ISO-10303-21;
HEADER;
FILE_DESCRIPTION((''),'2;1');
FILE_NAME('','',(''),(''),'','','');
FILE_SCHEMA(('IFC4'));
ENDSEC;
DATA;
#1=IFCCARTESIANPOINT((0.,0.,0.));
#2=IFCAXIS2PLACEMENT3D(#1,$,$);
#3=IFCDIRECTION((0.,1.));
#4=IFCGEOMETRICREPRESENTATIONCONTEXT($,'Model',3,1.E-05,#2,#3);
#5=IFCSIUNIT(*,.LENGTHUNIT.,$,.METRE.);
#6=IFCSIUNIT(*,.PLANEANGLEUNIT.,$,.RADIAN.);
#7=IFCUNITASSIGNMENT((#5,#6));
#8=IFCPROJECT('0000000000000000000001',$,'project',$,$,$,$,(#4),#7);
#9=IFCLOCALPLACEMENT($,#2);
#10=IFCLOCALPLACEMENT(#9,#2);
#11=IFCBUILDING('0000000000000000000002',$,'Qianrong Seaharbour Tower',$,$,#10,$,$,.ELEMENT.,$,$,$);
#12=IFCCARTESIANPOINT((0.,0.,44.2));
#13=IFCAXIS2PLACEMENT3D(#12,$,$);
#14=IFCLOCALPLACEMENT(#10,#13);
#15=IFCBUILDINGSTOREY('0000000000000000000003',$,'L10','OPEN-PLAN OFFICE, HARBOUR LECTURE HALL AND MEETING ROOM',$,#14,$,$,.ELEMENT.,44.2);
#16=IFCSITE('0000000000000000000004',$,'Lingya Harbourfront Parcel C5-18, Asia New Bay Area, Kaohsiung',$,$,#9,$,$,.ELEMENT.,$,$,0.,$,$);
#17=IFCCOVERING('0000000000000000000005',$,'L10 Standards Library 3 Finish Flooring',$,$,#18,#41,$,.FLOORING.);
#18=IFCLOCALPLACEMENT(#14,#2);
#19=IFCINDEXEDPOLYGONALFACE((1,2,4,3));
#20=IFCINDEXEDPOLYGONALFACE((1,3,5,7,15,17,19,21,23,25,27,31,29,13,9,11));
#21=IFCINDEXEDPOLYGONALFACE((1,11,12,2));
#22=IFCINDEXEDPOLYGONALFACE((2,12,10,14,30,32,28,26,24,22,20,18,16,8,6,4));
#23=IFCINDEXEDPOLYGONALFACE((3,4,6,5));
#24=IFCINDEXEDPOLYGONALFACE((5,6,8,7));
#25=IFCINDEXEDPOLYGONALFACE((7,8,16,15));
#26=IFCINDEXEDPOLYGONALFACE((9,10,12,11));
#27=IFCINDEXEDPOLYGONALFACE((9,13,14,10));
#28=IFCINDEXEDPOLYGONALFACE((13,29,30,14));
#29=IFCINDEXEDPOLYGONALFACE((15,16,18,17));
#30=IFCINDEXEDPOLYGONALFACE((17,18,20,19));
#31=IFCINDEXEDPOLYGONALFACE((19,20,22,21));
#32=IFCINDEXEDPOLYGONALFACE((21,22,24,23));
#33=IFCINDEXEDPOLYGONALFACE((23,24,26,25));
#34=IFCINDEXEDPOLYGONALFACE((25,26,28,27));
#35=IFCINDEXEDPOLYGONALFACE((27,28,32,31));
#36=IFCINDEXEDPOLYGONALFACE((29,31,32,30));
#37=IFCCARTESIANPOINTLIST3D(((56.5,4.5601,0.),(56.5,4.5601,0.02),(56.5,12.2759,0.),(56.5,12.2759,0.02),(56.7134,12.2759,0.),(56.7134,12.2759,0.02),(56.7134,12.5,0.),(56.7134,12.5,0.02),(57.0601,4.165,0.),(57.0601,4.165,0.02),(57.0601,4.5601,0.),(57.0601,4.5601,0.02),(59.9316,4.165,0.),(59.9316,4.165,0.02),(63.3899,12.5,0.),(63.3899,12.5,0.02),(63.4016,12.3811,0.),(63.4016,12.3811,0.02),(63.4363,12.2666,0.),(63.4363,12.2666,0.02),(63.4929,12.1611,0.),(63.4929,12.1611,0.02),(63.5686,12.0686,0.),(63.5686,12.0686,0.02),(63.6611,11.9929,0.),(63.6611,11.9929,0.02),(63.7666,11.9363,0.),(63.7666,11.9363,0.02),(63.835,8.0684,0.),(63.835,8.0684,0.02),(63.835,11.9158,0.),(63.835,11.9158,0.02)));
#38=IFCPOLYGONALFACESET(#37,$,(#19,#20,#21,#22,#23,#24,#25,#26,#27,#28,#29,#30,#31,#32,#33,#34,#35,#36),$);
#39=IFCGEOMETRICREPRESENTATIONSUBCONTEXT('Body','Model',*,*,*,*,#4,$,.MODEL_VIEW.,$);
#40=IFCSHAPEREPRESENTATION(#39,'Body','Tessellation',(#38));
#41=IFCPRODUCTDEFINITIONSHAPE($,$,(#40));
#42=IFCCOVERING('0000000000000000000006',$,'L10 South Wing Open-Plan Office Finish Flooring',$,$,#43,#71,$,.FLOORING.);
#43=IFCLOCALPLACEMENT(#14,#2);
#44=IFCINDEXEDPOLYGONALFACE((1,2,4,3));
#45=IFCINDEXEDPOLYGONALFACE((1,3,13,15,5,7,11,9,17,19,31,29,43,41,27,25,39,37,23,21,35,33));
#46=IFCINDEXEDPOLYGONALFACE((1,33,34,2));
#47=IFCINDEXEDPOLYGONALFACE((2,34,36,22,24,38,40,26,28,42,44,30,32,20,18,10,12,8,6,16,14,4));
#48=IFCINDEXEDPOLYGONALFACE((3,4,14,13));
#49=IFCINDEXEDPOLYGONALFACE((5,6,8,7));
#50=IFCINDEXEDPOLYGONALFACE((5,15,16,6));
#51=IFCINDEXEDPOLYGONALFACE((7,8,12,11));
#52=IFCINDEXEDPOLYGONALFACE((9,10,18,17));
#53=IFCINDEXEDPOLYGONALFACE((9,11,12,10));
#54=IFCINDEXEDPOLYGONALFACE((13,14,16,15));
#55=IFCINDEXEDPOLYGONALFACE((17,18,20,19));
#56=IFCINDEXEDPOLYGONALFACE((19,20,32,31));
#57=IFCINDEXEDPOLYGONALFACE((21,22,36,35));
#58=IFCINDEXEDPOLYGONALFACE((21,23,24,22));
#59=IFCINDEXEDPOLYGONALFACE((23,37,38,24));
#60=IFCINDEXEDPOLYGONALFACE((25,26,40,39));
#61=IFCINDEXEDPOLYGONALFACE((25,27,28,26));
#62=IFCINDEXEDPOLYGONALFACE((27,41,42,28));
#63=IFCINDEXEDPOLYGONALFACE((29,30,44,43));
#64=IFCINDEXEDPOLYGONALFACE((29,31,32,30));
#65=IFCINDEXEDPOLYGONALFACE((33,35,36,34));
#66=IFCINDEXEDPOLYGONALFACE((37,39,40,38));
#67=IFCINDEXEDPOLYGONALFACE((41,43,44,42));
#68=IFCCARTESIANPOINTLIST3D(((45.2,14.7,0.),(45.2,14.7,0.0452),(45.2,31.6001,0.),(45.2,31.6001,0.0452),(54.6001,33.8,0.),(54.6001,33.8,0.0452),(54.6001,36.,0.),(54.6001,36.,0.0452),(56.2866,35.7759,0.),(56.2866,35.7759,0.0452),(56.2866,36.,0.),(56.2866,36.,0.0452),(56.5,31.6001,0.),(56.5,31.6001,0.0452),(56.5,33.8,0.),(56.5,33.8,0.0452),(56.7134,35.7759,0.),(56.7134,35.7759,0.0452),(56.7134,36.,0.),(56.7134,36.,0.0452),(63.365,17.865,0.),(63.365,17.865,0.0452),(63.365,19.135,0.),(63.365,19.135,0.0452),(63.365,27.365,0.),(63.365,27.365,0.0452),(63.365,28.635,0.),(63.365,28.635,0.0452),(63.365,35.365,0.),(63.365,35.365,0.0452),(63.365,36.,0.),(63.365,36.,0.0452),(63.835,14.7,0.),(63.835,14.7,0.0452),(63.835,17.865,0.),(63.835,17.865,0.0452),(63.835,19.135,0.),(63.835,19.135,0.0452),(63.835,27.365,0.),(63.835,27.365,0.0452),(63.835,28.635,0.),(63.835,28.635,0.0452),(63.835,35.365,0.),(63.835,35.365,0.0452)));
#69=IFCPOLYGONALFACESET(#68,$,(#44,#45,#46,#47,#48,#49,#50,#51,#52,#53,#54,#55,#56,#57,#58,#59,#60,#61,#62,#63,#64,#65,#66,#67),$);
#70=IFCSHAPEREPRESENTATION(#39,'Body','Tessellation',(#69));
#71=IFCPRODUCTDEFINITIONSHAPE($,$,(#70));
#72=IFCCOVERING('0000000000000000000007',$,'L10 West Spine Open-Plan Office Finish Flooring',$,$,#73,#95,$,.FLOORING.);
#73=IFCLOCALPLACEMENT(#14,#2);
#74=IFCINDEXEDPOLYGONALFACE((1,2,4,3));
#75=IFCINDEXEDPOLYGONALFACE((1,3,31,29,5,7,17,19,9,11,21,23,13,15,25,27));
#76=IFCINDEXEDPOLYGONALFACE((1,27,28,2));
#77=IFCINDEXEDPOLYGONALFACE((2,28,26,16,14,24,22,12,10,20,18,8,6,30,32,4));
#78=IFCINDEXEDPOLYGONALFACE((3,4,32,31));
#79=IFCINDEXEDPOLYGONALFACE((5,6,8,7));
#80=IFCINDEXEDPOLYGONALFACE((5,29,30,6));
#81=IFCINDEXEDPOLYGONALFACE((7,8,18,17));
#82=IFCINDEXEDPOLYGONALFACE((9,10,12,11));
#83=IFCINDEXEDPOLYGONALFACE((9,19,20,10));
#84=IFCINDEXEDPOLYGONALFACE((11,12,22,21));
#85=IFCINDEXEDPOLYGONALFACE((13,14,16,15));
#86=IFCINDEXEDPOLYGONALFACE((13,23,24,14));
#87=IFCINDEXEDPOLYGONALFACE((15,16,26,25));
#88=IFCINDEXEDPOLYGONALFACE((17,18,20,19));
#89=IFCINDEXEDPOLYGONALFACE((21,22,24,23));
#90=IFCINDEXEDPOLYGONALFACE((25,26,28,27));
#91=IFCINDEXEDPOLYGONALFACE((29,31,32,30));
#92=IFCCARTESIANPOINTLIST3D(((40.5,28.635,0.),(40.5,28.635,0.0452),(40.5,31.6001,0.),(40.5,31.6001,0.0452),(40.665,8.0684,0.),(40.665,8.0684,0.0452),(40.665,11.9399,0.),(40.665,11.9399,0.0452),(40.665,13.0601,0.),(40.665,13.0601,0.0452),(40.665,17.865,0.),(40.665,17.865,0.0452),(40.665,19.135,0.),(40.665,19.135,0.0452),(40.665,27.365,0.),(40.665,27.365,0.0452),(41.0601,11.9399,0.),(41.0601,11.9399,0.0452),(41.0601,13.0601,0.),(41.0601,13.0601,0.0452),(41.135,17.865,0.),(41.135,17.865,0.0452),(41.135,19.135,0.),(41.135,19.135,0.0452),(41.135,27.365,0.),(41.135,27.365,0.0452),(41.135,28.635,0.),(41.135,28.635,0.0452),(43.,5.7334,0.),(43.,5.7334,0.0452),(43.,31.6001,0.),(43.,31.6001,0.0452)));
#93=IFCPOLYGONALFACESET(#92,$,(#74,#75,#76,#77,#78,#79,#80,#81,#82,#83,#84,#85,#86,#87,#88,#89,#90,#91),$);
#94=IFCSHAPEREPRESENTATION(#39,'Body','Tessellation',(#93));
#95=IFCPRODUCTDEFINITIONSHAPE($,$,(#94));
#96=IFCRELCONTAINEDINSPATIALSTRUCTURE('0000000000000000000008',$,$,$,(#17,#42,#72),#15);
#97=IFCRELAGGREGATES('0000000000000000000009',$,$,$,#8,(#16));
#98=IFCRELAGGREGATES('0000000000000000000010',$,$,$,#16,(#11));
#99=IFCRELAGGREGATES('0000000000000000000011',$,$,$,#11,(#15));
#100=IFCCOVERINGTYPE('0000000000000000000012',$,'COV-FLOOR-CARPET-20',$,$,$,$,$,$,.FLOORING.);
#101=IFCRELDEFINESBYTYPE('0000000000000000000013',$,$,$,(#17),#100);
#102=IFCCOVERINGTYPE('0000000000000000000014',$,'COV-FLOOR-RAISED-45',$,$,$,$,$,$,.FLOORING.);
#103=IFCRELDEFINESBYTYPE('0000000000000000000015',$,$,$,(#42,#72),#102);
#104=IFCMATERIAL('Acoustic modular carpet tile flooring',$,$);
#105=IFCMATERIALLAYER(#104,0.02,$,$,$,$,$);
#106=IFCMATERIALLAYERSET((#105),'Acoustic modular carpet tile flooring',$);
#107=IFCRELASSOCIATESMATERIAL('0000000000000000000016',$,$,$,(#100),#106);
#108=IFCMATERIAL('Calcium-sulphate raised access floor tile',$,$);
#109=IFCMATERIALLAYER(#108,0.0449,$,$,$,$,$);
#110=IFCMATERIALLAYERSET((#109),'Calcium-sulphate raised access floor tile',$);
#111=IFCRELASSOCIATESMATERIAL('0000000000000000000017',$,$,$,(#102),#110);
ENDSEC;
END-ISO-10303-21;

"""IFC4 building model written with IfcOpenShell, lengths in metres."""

from ifc_helpers import new_model, si_unit, direction, frame, origin, place, context, subcontext, project, spatial, polyline, outline, extrude, material, layer, layer_set, type_object, element, save


model = new_model("IFC4")

# Units and contexts
model_context = context("Model", 3, precision=1e-05, world=origin(), true_north=direction((0.0, 1.0)))
body_context = subcontext(model_context, "Body", "Model", "MODEL_VIEW")
ifc_project = project(units=[si_unit("LENGTHUNIT", "METRE"), si_unit("PLANEANGLEUNIT", "RADIAN")], contexts=[model_context])

# Site, building, storey
site_placement = place(None, origin())
site = spatial("IfcSite", under=ifc_project, at=site_placement, Name="Lingya Harbourfront Parcel C5-18, Asia New Bay Area, Kaohsiung", CompositionType="ELEMENT", RefElevation=0.0)
building_placement = place(site_placement, origin())
building = spatial("IfcBuilding", under=site, at=building_placement, Name="Qianrong Seaharbour Tower", CompositionType="ELEMENT")
storey_placement = place(building_placement, frame((0.0, 0.0, 44.2)))
storey = spatial("IfcBuildingStorey", under=building, at=storey_placement, Name="L10", Description="OPEN-PLAN OFFICE, HARBOUR LECTURE HALL AND MEETING ROOM", CompositionType="ELEMENT", Elevation=44.2)

# Coverings
ifc_material_1 = material(Name="Acoustic modular carpet tile flooring")
ifc_layer_1 = layer(ifc_material_1, 0.02)
ifc_layer_set_1 = layer_set([ifc_layer_1], Name="Acoustic modular carpet tile flooring")
covering_type_1 = type_object("IfcCoveringType", Name="COV-FLOOR-CARPET-20", PredefinedType="FLOORING", material=ifc_layer_set_1)
covering_1_placement = place(storey_placement, origin())
element("IfcCovering", 1, at=covering_1_placement, inside=storey, type_object=covering_type_1, Name="L10 Standards Library 3 Finish Flooring", PredefinedType="FLOORING", context=body_context, shape_type="SweptSolid", body=[
    extrude(outline(polyline([(63.835, 8.0684), (59.9316, 4.165), (57.0601, 4.165), (57.0601, 4.5601), (56.5, 4.5601), (56.5, 12.2759), (56.7134, 12.2759), (56.7134, 12.5), (63.3899, 12.5), (63.4016, 12.3811), (63.4363, 12.2666), (63.4929, 12.1611), (63.5686, 12.0686), (63.6611, 11.9929), (63.7666, 11.9363), (63.835, 11.9158), (63.835, 8.0684)])), origin(), (0.0, 0.0, 1.0), 0.02),
])
ifc_material_2 = material(Name="Calcium-sulphate raised access floor tile")
ifc_layer_2 = layer(ifc_material_2, 0.0449)
ifc_layer_set_2 = layer_set([ifc_layer_2], Name="Calcium-sulphate raised access floor tile")
covering_type_2 = type_object("IfcCoveringType", Name="COV-FLOOR-RAISED-45", PredefinedType="FLOORING", material=ifc_layer_set_2)
covering_2_placement = place(storey_placement, origin())
element("IfcCovering", 2, at=covering_2_placement, inside=storey, type_object=covering_type_2, Name="L10 South Wing Open-Plan Office Finish Flooring", PredefinedType="FLOORING", context=body_context, shape_type="SweptSolid", body=[
    extrude(outline(polyline([(56.5, 31.6001), (56.5, 33.8), (54.6001, 33.8), (54.6001, 36.0), (56.2866, 36.0), (56.2866, 35.7759), (56.7134, 35.7759), (56.7134, 36.0), (63.365, 36.0), (63.365, 35.365), (63.835, 35.365), (63.835, 28.635), (63.365, 28.635), (63.365, 27.365), (63.835, 27.365), (63.835, 19.135), (63.365, 19.135), (63.365, 17.865), (63.835, 17.865), (63.835, 14.7), (45.2, 14.7), (45.2, 31.6001), (56.5, 31.6001)])), origin(), (0.0, 0.0, 1.0), 0.0452),
])
covering_3_placement = place(storey_placement, origin())
element("IfcCovering", 3, at=covering_3_placement, inside=storey, type_object=covering_type_2, Name="L10 West Spine Open-Plan Office Finish Flooring", PredefinedType="FLOORING", context=body_context, shape_type="SweptSolid", body=[
    extrude(outline(polyline([(43.0, 5.7334), (40.665, 8.0684), (40.665, 11.9399), (41.0601, 11.9399), (41.0601, 13.0601), (40.665, 13.0601), (40.665, 17.865), (41.135, 17.865), (41.135, 19.135), (40.665, 19.135), (40.665, 27.365), (41.135, 27.365), (41.135, 28.635), (40.5, 28.635), (40.5, 31.6001), (43.0, 31.6001), (43.0, 5.7334)])), origin(), (0.0, 0.0, 1.0), 0.0452),
])

save(model, "model.ifc")
